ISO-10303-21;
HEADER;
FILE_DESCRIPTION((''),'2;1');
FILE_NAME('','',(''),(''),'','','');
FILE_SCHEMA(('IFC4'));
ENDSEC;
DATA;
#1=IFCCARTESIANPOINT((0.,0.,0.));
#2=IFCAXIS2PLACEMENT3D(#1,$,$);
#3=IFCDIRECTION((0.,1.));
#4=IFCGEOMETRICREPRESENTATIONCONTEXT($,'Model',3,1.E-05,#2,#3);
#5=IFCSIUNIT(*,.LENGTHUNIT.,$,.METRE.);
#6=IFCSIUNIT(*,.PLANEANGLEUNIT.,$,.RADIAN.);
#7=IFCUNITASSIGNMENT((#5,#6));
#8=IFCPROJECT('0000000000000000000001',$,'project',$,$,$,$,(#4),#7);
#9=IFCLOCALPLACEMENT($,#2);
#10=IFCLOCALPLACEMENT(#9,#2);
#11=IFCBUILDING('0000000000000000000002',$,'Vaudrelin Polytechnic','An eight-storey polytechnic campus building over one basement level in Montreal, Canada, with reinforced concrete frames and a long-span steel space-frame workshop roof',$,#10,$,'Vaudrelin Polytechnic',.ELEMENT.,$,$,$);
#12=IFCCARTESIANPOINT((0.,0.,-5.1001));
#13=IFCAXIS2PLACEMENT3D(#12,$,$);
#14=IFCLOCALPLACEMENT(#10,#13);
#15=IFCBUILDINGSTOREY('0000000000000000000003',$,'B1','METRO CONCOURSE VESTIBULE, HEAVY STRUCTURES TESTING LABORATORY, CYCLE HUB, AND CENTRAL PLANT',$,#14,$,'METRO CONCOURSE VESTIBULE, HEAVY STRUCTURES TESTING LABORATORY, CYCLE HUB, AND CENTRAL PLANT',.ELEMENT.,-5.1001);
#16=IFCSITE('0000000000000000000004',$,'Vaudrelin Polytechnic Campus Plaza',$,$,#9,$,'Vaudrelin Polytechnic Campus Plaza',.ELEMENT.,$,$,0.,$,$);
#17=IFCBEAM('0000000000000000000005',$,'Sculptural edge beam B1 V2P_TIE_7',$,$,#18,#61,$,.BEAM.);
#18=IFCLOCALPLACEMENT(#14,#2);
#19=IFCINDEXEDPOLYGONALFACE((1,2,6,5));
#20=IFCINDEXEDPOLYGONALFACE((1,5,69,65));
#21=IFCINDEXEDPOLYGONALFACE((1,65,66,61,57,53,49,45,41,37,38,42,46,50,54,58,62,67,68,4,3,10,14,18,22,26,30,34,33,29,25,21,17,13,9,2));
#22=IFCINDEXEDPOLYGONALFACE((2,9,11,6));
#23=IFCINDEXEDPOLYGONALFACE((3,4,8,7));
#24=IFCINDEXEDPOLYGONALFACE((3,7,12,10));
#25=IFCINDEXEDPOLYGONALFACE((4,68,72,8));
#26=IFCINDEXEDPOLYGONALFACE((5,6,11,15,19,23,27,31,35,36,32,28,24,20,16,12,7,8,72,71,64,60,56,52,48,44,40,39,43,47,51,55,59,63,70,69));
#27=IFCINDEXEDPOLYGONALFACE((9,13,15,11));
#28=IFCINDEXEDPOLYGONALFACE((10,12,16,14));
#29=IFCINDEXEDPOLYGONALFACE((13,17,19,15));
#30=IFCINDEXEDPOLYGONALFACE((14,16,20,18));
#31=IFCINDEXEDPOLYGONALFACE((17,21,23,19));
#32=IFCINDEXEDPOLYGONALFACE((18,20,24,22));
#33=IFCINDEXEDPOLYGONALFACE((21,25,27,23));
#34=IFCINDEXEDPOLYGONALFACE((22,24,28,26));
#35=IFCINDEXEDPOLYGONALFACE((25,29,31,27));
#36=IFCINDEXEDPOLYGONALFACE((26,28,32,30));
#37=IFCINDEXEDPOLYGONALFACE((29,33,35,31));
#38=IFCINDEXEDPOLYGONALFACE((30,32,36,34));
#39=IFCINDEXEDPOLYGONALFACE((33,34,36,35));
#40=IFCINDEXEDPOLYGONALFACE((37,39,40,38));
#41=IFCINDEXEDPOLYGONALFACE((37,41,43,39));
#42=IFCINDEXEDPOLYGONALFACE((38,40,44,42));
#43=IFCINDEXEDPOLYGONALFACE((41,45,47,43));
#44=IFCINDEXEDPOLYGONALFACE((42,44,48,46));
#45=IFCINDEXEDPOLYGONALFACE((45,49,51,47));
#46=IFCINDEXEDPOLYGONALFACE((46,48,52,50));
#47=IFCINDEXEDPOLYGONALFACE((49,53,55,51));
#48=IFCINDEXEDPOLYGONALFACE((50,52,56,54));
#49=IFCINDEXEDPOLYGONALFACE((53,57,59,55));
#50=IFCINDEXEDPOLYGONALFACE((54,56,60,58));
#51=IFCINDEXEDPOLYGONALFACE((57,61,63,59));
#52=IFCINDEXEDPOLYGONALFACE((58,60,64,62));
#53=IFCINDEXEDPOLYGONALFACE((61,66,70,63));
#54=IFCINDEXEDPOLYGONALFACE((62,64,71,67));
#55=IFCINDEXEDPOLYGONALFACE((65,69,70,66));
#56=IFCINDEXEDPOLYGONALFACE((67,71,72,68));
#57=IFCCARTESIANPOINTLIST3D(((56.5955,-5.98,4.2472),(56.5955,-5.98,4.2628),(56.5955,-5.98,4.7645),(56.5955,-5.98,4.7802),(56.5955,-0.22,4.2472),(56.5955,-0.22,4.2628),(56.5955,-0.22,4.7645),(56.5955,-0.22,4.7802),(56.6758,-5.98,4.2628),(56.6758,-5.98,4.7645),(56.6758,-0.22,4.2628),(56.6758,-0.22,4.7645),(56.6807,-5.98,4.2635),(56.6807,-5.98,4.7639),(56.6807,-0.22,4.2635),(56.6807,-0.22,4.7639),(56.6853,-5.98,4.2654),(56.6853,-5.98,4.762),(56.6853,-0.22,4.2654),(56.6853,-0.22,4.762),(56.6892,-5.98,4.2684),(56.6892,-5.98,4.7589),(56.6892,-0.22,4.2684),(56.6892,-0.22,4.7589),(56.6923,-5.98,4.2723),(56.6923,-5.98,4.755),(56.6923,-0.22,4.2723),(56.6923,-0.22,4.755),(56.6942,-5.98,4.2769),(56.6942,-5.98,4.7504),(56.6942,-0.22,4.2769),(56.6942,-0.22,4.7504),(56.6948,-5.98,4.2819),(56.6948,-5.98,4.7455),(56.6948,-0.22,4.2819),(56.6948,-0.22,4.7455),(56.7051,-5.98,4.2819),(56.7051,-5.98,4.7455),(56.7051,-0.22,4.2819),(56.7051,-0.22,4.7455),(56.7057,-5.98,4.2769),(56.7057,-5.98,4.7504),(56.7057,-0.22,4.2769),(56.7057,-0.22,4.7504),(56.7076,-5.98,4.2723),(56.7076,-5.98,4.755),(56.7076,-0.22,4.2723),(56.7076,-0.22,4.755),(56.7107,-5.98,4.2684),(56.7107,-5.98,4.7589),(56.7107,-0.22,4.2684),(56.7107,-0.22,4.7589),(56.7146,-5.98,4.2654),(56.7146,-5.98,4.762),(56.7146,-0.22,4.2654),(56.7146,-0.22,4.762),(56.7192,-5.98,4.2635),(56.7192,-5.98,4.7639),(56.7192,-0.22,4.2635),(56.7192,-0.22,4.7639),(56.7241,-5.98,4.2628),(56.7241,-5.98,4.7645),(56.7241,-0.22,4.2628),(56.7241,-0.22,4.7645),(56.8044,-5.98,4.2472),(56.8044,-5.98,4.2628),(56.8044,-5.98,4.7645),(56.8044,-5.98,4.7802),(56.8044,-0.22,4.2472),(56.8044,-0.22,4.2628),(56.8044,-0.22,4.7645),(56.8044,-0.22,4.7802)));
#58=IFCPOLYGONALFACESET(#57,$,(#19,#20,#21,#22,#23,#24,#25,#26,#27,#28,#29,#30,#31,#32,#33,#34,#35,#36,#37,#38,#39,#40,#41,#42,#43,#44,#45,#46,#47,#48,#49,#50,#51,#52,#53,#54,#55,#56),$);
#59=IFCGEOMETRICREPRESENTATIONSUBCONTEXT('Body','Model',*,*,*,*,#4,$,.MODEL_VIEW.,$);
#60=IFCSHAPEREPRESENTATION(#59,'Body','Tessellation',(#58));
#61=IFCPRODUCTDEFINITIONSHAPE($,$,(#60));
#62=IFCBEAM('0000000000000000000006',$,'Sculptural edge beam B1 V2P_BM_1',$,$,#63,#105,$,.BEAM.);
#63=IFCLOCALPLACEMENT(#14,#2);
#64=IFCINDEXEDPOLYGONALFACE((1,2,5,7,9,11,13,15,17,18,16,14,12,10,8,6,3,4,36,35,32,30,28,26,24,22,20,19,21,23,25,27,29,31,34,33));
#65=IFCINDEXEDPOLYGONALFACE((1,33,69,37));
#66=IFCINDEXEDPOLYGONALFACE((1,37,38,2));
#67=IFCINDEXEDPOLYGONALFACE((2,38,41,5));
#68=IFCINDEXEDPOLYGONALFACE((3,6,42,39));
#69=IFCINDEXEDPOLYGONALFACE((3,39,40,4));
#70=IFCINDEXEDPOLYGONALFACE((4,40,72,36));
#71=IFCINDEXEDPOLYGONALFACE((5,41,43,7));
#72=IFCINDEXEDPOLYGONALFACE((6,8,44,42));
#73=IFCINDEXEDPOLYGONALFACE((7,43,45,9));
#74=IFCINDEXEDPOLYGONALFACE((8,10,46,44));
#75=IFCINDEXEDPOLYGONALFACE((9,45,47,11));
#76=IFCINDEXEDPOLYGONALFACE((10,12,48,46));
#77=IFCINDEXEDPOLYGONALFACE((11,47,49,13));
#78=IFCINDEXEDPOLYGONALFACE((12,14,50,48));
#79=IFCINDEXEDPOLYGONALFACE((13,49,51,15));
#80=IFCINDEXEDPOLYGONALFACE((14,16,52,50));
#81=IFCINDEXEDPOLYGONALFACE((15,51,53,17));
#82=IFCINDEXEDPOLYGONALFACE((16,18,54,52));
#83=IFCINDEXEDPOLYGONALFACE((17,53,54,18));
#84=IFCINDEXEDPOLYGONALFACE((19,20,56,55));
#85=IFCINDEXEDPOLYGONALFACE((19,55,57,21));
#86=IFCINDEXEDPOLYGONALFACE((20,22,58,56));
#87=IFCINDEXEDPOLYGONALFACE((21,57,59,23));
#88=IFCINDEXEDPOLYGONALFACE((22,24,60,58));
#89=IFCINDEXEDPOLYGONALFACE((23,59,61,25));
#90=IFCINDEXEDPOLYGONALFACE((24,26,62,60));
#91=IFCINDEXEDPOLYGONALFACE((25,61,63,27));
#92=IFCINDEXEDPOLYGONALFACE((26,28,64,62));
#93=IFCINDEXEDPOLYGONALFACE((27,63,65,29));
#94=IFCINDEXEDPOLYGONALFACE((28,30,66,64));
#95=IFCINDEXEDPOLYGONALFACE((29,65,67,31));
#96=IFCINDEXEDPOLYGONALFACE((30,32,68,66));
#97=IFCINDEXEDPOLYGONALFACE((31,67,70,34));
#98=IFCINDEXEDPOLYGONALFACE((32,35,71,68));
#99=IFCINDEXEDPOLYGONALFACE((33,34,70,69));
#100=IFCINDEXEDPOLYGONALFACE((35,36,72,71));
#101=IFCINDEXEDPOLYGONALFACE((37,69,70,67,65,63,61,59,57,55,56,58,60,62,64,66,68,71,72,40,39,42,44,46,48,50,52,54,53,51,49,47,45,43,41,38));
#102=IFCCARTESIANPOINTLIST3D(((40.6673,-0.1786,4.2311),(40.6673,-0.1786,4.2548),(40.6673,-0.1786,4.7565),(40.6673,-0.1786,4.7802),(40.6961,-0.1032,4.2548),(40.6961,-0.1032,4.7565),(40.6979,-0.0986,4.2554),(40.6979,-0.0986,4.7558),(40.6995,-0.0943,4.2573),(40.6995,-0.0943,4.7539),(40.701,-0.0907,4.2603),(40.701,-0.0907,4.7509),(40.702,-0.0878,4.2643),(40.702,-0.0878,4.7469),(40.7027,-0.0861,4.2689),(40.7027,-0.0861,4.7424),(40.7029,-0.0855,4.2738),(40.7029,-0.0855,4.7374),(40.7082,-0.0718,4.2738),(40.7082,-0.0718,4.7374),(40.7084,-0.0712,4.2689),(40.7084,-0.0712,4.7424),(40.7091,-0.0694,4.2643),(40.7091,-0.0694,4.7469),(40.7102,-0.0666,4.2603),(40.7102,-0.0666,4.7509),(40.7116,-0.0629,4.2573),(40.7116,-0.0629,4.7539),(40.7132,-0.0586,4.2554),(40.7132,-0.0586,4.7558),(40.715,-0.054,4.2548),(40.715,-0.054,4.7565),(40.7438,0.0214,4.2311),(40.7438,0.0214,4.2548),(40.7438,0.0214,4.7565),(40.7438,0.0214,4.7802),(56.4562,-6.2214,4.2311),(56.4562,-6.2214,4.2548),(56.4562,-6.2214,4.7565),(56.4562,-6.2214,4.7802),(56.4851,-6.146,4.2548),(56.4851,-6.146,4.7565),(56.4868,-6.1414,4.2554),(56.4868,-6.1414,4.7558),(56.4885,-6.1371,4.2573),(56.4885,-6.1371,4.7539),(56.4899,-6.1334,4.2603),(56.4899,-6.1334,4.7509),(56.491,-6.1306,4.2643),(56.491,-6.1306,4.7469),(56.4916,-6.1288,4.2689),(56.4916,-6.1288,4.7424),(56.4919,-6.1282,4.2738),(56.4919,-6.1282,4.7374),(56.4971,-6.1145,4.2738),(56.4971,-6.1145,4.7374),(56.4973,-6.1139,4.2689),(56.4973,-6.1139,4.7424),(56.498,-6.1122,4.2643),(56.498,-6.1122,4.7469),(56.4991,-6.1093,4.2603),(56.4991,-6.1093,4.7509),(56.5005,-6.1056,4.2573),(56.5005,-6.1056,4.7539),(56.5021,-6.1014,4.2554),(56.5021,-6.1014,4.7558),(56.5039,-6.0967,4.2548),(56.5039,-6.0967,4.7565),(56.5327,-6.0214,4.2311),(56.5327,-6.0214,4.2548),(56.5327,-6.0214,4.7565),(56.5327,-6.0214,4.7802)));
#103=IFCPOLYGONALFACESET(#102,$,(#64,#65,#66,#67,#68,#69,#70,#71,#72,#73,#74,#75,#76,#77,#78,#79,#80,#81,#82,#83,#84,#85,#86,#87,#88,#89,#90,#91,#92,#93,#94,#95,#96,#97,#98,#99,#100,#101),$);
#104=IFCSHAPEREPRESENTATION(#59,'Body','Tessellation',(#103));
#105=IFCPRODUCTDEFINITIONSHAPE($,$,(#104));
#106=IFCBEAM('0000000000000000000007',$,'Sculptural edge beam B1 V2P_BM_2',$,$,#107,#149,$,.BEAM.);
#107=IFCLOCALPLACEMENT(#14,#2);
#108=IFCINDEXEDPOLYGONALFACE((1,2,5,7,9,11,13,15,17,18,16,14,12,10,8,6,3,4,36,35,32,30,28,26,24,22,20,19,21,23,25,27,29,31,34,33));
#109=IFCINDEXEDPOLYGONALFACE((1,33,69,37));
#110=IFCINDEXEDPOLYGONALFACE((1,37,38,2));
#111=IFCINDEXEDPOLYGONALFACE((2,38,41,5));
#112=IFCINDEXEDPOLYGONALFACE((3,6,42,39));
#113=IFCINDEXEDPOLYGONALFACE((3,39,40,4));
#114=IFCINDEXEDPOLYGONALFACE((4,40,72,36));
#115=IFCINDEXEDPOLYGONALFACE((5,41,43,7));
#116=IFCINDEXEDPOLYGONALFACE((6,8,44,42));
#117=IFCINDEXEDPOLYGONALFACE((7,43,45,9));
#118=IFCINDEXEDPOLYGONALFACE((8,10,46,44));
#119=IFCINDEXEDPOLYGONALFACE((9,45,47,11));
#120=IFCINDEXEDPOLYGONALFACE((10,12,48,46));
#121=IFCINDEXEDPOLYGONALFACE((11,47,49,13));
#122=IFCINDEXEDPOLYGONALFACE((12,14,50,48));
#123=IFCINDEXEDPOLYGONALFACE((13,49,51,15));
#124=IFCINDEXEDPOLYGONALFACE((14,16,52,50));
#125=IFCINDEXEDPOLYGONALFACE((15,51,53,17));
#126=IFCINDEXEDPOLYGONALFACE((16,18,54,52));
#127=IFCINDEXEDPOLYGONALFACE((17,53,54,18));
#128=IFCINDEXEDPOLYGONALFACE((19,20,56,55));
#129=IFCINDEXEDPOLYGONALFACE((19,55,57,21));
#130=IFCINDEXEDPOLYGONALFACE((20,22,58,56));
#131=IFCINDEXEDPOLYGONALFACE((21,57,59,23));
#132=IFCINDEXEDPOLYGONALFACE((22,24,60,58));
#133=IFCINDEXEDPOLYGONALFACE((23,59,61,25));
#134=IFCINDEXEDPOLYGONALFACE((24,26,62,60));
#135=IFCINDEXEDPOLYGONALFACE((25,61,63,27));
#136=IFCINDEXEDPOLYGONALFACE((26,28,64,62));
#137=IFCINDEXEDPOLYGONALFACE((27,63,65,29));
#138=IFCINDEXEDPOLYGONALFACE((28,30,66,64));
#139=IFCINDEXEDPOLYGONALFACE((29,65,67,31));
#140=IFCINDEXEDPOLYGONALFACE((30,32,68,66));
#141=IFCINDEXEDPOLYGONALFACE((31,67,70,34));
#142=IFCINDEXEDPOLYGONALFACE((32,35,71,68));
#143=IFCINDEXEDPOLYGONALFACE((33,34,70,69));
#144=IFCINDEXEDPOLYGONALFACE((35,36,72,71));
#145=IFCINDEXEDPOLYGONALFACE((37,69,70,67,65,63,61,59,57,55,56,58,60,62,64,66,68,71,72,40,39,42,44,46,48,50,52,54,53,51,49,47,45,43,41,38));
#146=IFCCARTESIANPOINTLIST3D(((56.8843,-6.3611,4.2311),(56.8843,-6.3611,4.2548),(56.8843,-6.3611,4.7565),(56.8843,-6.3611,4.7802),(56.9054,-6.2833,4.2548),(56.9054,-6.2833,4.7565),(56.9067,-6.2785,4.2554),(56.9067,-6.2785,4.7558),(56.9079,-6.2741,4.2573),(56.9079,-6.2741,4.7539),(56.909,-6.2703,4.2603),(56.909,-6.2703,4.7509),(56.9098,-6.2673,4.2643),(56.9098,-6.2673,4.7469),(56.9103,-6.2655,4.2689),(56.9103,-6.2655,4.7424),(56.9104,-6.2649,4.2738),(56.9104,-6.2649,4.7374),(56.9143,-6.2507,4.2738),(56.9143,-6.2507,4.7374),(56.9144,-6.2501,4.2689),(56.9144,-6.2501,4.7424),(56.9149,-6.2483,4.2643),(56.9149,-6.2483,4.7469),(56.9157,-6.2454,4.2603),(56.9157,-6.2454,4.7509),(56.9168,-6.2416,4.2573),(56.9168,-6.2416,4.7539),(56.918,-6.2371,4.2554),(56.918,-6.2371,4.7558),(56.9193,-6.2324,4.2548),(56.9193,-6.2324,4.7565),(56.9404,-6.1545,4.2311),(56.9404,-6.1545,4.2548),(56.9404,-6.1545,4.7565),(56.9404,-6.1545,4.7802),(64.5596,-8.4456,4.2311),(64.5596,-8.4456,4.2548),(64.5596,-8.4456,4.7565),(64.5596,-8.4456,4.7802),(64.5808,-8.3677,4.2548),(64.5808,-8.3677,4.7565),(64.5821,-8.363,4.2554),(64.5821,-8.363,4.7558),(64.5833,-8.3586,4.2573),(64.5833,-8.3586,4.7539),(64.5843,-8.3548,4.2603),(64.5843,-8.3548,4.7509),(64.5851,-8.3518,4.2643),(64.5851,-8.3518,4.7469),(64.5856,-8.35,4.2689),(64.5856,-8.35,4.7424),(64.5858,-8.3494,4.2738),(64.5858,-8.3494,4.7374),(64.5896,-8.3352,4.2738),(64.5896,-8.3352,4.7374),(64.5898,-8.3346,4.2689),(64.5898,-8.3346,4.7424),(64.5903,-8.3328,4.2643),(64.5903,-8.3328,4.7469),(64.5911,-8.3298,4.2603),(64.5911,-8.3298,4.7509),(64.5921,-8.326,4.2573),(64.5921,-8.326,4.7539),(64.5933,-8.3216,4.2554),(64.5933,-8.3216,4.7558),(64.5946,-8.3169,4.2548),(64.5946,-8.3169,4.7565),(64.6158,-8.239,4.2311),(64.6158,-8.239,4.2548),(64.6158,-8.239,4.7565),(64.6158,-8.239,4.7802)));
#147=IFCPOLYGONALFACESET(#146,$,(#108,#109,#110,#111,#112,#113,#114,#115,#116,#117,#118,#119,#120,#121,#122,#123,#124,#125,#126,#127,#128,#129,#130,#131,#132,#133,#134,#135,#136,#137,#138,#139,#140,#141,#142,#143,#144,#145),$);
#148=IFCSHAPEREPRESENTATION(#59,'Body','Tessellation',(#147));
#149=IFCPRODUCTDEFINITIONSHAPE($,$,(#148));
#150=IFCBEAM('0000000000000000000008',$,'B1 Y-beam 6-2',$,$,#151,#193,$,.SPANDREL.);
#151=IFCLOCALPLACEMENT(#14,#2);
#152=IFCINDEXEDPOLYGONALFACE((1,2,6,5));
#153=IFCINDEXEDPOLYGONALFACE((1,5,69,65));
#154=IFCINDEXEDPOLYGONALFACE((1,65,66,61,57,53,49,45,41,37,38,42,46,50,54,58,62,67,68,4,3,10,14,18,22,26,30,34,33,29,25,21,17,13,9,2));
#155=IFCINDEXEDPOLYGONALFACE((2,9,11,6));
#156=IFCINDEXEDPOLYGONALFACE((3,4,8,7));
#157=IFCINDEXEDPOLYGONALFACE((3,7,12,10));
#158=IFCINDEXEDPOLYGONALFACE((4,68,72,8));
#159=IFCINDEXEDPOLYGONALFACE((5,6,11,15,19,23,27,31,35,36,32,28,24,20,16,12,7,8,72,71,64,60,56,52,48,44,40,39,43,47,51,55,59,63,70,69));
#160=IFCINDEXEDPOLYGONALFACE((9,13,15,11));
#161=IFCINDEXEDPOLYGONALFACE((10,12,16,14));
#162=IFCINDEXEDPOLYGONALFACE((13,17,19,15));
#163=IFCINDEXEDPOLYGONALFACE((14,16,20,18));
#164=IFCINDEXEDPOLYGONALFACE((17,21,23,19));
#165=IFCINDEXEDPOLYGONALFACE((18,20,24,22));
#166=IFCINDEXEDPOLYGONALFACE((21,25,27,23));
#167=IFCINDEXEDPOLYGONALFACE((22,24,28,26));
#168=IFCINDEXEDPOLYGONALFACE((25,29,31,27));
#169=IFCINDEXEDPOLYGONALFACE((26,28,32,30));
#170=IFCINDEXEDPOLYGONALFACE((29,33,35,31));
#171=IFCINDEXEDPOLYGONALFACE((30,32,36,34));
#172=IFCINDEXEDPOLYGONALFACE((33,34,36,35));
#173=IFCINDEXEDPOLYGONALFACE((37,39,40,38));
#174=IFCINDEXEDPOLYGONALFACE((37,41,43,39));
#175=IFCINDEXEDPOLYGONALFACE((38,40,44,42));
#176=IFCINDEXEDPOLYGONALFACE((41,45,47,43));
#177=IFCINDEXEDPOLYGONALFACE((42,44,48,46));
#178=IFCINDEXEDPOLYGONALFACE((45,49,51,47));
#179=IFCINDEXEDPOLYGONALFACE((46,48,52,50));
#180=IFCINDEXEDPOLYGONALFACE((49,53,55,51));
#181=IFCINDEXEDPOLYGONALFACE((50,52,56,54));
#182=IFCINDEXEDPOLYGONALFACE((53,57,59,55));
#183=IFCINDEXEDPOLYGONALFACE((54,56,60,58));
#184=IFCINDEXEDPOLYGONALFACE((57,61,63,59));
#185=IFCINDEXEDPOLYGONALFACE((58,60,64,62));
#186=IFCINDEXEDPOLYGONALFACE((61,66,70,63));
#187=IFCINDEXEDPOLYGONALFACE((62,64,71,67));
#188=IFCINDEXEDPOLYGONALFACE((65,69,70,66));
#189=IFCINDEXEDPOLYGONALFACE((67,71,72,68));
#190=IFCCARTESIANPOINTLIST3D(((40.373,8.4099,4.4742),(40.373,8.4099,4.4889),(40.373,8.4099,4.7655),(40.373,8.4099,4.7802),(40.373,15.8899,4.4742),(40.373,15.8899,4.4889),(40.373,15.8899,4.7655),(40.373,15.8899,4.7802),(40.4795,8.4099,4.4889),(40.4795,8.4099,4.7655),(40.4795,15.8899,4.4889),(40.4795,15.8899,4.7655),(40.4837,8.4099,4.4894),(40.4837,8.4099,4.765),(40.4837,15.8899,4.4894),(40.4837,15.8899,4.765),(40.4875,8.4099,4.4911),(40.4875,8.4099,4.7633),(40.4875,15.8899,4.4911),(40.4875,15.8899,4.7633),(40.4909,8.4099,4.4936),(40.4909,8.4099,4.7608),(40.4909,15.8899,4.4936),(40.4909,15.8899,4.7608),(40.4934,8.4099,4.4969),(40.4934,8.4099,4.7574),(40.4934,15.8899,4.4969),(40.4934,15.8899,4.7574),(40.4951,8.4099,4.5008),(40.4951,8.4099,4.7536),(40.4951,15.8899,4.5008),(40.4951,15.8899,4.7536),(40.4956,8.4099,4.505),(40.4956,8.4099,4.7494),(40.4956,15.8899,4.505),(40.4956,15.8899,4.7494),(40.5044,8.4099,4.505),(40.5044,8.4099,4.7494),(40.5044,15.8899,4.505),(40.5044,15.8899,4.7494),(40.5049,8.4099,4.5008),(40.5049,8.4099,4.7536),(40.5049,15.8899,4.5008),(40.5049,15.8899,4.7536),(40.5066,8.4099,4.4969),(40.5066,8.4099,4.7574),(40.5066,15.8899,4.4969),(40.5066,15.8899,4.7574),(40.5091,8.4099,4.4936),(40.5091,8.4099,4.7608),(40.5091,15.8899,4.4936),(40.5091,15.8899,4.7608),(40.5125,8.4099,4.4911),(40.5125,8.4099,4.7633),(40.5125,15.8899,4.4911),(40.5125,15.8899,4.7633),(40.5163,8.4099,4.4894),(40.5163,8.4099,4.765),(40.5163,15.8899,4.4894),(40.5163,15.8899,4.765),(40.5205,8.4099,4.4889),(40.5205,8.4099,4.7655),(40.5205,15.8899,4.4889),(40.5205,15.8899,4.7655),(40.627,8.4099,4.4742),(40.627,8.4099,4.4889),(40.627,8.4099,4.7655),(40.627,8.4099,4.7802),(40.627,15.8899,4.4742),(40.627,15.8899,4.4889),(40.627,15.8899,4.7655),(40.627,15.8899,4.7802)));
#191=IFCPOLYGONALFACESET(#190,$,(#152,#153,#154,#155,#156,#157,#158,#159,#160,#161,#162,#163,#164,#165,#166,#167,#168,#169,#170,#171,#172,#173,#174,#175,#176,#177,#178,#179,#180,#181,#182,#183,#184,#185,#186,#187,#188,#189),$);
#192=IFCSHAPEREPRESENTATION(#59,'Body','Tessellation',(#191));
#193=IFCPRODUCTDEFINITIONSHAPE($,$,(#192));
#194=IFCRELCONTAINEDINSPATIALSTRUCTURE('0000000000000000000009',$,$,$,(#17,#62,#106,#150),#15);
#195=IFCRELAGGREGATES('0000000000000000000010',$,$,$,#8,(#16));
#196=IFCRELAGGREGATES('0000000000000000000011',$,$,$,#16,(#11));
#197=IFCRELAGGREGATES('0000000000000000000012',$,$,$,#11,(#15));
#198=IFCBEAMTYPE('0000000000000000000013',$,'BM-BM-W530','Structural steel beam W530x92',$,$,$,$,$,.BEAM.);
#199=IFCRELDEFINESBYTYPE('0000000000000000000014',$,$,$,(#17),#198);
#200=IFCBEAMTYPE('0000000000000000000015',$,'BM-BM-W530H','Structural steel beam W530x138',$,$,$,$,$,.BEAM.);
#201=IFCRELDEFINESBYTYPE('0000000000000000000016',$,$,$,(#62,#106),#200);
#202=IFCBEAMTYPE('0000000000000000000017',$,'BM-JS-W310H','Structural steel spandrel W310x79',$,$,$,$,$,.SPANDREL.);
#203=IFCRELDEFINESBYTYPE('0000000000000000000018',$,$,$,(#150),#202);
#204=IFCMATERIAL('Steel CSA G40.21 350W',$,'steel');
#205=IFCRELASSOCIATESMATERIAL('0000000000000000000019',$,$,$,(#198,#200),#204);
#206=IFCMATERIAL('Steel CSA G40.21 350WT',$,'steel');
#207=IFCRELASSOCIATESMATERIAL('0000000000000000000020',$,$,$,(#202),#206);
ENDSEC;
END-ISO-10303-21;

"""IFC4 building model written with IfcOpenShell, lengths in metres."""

from ifc_helpers import new_model, si_unit, direction, frame, origin, origin_2d, place, context, subcontext, project, spatial, i_section, extrude, material, material_profile, profile_set, type_object, element, save


model = new_model("IFC4")

# Units and contexts
model_context = context("Model", 3, precision=1e-05, world=origin(), true_north=direction((0.0, 1.0)))
body_context = subcontext(model_context, "Body", "Model", "MODEL_VIEW")
ifc_project = project(units=[si_unit("LENGTHUNIT", "METRE"), si_unit("PLANEANGLEUNIT", "RADIAN")], contexts=[model_context])

# Site, building, storey
site_placement = place(None, origin())
site = spatial("IfcSite", under=ifc_project, at=site_placement, Name="Vaudrelin Polytechnic Campus Plaza", LongName="Vaudrelin Polytechnic Campus Plaza", CompositionType="ELEMENT", RefElevation=0.0)
building_placement = place(site_placement, origin())
building = spatial("IfcBuilding", under=site, at=building_placement, Name="Vaudrelin Polytechnic", Description="An eight-storey polytechnic campus building over one basement level in Montreal, Canada, with reinforced concrete frames and a long-span steel space-frame workshop roof", LongName="Vaudrelin Polytechnic", CompositionType="ELEMENT")
storey_placement = place(building_placement, frame((0.0, 0.0, -5.1001)))
storey = spatial("IfcBuildingStorey", under=building, at=storey_placement, Name="B1", Description="METRO CONCOURSE VESTIBULE, HEAVY STRUCTURES TESTING LABORATORY, CYCLE HUB, AND CENTRAL PLANT", LongName="METRO CONCOURSE VESTIBULE, HEAVY STRUCTURES TESTING LABORATORY, CYCLE HUB, AND CENTRAL PLANT", CompositionType="ELEMENT", Elevation=-5.1001)

# Shared definitions
ifc_material_1 = material(Name="Steel CSA G40.21 350W", Category="steel")

# Beams
ifc_material_2 = material(Name="Steel CSA G40.21 350WT", Category="steel")
ifc_material_profile_1 = material_profile(ifc_material_1, i_section(OverallWidth=0.209, OverallDepth=0.533, WebThickness=0.0103, FlangeThickness=0.0156, FilletRadius=0.019, at=origin_2d()), Name="W530x92")
ifc_profile_set_1 = profile_set([ifc_material_profile_1], Name="Steel CSA G40.21 350W")
beam_type_1 = type_object("IfcBeamType", Name="BM-BM-W530", Description="Structural steel beam W530x92", PredefinedType="BEAM", material=ifc_profile_set_1)
beam_1_placement = place(storey_placement, frame((56.7, -5.98, 4.5137), z_axis=(0.0, 1.0, 0.0), x_axis=(-1.0, 0.0, 0.0)))
element("IfcBeam", 1, at=beam_1_placement, inside=storey, type_object=beam_type_1, Name="Sculptural edge beam B1 V2P_TIE_7", PredefinedType="BEAM", context=body_context, shape_type="SweptSolid", body=[
    extrude(i_section(OverallWidth=0.209, OverallDepth=0.533, WebThickness=0.0103, FlangeThickness=0.0156, FilletRadius=0.019, at=origin_2d()), origin(), (0.0, 0.0, 1.0), 5.76),
])
ifc_material_profile_2 = material_profile(ifc_material_1, i_section(OverallWidth=0.2141, OverallDepth=0.5491, WebThickness=0.0146, FlangeThickness=0.0237, FilletRadius=0.019, at=origin_2d()), Name="W530x138")
ifc_profile_set_2 = profile_set([ifc_material_profile_2], Name="Steel CSA G40.21 350W")
beam_type_2 = type_object("IfcBeamType", Name="BM-BM-W530H", Description="Structural steel beam W530x138", PredefinedType="BEAM", material=ifc_profile_set_2)
beam_2_placement = place(storey_placement, frame((40.7056, -0.0786, 4.5056), z_axis=(0.933937, -0.357438, 0.0), x_axis=(0.357438, 0.933937, 0.0)))
element("IfcBeam", 2, at=beam_2_placement, inside=storey, type_object=beam_type_2, Name="Sculptural edge beam B1 V2P_BM_1", PredefinedType="BEAM", context=body_context, shape_type="SweptSolid", body=[
    extrude(i_section(OverallWidth=0.2141, OverallDepth=0.5491, WebThickness=0.0146, FlangeThickness=0.0237, FilletRadius=0.019, at=origin_2d()), origin(), (0.0, 0.0, 1.0), 16.9058),
])
beam_3_placement = place(storey_placement, frame((56.9124, -6.2578, 4.5056), z_axis=(0.965044, -0.262089, 0.0), x_axis=(0.262089, 0.965044, 0.0)))
element("IfcBeam", 3, at=beam_3_placement, inside=storey, type_object=beam_type_2, Name="Sculptural edge beam B1 V2P_BM_2", PredefinedType="BEAM", context=body_context, shape_type="SweptSolid", body=[
    extrude(i_section(OverallWidth=0.2141, OverallDepth=0.5491, WebThickness=0.0146, FlangeThickness=0.0237, FilletRadius=0.019, at=origin_2d()), origin(), (0.0, 0.0, 1.0), 7.9534),
])
ifc_material_profile_3 = material_profile(ifc_material_2, i_section(OverallWidth=0.2539, OverallDepth=0.3059, WebThickness=0.0088, FlangeThickness=0.0146, FilletRadius=0.0161, at=origin_2d()), Name="W310x79")
ifc_profile_set_3 = profile_set([ifc_material_profile_3], Name="Steel CSA G40.21 350WT")
beam_type_3 = type_object("IfcBeamType", Name="BM-JS-W310H", Description="Structural steel spandrel W310x79", PredefinedType="SPANDREL", material=ifc_profile_set_3)
beam_4_placement = place(storey_placement, frame((40.5, 8.4099, 4.6272), z_axis=(0.0, 1.0, 0.0), x_axis=(-1.0, 0.0, 0.0)))
element("IfcBeam", 4, at=beam_4_placement, inside=storey, type_object=beam_type_3, Name="B1 Y-beam 6-2", PredefinedType="SPANDREL", context=body_context, shape_type="SweptSolid", body=[
    extrude(i_section(OverallWidth=0.2539, OverallDepth=0.3059, WebThickness=0.0088, FlangeThickness=0.0146, FilletRadius=0.0161, at=origin_2d()), origin(), (0.0, 0.0, 1.0), 7.48),
])

save(model, "model.ifc")
